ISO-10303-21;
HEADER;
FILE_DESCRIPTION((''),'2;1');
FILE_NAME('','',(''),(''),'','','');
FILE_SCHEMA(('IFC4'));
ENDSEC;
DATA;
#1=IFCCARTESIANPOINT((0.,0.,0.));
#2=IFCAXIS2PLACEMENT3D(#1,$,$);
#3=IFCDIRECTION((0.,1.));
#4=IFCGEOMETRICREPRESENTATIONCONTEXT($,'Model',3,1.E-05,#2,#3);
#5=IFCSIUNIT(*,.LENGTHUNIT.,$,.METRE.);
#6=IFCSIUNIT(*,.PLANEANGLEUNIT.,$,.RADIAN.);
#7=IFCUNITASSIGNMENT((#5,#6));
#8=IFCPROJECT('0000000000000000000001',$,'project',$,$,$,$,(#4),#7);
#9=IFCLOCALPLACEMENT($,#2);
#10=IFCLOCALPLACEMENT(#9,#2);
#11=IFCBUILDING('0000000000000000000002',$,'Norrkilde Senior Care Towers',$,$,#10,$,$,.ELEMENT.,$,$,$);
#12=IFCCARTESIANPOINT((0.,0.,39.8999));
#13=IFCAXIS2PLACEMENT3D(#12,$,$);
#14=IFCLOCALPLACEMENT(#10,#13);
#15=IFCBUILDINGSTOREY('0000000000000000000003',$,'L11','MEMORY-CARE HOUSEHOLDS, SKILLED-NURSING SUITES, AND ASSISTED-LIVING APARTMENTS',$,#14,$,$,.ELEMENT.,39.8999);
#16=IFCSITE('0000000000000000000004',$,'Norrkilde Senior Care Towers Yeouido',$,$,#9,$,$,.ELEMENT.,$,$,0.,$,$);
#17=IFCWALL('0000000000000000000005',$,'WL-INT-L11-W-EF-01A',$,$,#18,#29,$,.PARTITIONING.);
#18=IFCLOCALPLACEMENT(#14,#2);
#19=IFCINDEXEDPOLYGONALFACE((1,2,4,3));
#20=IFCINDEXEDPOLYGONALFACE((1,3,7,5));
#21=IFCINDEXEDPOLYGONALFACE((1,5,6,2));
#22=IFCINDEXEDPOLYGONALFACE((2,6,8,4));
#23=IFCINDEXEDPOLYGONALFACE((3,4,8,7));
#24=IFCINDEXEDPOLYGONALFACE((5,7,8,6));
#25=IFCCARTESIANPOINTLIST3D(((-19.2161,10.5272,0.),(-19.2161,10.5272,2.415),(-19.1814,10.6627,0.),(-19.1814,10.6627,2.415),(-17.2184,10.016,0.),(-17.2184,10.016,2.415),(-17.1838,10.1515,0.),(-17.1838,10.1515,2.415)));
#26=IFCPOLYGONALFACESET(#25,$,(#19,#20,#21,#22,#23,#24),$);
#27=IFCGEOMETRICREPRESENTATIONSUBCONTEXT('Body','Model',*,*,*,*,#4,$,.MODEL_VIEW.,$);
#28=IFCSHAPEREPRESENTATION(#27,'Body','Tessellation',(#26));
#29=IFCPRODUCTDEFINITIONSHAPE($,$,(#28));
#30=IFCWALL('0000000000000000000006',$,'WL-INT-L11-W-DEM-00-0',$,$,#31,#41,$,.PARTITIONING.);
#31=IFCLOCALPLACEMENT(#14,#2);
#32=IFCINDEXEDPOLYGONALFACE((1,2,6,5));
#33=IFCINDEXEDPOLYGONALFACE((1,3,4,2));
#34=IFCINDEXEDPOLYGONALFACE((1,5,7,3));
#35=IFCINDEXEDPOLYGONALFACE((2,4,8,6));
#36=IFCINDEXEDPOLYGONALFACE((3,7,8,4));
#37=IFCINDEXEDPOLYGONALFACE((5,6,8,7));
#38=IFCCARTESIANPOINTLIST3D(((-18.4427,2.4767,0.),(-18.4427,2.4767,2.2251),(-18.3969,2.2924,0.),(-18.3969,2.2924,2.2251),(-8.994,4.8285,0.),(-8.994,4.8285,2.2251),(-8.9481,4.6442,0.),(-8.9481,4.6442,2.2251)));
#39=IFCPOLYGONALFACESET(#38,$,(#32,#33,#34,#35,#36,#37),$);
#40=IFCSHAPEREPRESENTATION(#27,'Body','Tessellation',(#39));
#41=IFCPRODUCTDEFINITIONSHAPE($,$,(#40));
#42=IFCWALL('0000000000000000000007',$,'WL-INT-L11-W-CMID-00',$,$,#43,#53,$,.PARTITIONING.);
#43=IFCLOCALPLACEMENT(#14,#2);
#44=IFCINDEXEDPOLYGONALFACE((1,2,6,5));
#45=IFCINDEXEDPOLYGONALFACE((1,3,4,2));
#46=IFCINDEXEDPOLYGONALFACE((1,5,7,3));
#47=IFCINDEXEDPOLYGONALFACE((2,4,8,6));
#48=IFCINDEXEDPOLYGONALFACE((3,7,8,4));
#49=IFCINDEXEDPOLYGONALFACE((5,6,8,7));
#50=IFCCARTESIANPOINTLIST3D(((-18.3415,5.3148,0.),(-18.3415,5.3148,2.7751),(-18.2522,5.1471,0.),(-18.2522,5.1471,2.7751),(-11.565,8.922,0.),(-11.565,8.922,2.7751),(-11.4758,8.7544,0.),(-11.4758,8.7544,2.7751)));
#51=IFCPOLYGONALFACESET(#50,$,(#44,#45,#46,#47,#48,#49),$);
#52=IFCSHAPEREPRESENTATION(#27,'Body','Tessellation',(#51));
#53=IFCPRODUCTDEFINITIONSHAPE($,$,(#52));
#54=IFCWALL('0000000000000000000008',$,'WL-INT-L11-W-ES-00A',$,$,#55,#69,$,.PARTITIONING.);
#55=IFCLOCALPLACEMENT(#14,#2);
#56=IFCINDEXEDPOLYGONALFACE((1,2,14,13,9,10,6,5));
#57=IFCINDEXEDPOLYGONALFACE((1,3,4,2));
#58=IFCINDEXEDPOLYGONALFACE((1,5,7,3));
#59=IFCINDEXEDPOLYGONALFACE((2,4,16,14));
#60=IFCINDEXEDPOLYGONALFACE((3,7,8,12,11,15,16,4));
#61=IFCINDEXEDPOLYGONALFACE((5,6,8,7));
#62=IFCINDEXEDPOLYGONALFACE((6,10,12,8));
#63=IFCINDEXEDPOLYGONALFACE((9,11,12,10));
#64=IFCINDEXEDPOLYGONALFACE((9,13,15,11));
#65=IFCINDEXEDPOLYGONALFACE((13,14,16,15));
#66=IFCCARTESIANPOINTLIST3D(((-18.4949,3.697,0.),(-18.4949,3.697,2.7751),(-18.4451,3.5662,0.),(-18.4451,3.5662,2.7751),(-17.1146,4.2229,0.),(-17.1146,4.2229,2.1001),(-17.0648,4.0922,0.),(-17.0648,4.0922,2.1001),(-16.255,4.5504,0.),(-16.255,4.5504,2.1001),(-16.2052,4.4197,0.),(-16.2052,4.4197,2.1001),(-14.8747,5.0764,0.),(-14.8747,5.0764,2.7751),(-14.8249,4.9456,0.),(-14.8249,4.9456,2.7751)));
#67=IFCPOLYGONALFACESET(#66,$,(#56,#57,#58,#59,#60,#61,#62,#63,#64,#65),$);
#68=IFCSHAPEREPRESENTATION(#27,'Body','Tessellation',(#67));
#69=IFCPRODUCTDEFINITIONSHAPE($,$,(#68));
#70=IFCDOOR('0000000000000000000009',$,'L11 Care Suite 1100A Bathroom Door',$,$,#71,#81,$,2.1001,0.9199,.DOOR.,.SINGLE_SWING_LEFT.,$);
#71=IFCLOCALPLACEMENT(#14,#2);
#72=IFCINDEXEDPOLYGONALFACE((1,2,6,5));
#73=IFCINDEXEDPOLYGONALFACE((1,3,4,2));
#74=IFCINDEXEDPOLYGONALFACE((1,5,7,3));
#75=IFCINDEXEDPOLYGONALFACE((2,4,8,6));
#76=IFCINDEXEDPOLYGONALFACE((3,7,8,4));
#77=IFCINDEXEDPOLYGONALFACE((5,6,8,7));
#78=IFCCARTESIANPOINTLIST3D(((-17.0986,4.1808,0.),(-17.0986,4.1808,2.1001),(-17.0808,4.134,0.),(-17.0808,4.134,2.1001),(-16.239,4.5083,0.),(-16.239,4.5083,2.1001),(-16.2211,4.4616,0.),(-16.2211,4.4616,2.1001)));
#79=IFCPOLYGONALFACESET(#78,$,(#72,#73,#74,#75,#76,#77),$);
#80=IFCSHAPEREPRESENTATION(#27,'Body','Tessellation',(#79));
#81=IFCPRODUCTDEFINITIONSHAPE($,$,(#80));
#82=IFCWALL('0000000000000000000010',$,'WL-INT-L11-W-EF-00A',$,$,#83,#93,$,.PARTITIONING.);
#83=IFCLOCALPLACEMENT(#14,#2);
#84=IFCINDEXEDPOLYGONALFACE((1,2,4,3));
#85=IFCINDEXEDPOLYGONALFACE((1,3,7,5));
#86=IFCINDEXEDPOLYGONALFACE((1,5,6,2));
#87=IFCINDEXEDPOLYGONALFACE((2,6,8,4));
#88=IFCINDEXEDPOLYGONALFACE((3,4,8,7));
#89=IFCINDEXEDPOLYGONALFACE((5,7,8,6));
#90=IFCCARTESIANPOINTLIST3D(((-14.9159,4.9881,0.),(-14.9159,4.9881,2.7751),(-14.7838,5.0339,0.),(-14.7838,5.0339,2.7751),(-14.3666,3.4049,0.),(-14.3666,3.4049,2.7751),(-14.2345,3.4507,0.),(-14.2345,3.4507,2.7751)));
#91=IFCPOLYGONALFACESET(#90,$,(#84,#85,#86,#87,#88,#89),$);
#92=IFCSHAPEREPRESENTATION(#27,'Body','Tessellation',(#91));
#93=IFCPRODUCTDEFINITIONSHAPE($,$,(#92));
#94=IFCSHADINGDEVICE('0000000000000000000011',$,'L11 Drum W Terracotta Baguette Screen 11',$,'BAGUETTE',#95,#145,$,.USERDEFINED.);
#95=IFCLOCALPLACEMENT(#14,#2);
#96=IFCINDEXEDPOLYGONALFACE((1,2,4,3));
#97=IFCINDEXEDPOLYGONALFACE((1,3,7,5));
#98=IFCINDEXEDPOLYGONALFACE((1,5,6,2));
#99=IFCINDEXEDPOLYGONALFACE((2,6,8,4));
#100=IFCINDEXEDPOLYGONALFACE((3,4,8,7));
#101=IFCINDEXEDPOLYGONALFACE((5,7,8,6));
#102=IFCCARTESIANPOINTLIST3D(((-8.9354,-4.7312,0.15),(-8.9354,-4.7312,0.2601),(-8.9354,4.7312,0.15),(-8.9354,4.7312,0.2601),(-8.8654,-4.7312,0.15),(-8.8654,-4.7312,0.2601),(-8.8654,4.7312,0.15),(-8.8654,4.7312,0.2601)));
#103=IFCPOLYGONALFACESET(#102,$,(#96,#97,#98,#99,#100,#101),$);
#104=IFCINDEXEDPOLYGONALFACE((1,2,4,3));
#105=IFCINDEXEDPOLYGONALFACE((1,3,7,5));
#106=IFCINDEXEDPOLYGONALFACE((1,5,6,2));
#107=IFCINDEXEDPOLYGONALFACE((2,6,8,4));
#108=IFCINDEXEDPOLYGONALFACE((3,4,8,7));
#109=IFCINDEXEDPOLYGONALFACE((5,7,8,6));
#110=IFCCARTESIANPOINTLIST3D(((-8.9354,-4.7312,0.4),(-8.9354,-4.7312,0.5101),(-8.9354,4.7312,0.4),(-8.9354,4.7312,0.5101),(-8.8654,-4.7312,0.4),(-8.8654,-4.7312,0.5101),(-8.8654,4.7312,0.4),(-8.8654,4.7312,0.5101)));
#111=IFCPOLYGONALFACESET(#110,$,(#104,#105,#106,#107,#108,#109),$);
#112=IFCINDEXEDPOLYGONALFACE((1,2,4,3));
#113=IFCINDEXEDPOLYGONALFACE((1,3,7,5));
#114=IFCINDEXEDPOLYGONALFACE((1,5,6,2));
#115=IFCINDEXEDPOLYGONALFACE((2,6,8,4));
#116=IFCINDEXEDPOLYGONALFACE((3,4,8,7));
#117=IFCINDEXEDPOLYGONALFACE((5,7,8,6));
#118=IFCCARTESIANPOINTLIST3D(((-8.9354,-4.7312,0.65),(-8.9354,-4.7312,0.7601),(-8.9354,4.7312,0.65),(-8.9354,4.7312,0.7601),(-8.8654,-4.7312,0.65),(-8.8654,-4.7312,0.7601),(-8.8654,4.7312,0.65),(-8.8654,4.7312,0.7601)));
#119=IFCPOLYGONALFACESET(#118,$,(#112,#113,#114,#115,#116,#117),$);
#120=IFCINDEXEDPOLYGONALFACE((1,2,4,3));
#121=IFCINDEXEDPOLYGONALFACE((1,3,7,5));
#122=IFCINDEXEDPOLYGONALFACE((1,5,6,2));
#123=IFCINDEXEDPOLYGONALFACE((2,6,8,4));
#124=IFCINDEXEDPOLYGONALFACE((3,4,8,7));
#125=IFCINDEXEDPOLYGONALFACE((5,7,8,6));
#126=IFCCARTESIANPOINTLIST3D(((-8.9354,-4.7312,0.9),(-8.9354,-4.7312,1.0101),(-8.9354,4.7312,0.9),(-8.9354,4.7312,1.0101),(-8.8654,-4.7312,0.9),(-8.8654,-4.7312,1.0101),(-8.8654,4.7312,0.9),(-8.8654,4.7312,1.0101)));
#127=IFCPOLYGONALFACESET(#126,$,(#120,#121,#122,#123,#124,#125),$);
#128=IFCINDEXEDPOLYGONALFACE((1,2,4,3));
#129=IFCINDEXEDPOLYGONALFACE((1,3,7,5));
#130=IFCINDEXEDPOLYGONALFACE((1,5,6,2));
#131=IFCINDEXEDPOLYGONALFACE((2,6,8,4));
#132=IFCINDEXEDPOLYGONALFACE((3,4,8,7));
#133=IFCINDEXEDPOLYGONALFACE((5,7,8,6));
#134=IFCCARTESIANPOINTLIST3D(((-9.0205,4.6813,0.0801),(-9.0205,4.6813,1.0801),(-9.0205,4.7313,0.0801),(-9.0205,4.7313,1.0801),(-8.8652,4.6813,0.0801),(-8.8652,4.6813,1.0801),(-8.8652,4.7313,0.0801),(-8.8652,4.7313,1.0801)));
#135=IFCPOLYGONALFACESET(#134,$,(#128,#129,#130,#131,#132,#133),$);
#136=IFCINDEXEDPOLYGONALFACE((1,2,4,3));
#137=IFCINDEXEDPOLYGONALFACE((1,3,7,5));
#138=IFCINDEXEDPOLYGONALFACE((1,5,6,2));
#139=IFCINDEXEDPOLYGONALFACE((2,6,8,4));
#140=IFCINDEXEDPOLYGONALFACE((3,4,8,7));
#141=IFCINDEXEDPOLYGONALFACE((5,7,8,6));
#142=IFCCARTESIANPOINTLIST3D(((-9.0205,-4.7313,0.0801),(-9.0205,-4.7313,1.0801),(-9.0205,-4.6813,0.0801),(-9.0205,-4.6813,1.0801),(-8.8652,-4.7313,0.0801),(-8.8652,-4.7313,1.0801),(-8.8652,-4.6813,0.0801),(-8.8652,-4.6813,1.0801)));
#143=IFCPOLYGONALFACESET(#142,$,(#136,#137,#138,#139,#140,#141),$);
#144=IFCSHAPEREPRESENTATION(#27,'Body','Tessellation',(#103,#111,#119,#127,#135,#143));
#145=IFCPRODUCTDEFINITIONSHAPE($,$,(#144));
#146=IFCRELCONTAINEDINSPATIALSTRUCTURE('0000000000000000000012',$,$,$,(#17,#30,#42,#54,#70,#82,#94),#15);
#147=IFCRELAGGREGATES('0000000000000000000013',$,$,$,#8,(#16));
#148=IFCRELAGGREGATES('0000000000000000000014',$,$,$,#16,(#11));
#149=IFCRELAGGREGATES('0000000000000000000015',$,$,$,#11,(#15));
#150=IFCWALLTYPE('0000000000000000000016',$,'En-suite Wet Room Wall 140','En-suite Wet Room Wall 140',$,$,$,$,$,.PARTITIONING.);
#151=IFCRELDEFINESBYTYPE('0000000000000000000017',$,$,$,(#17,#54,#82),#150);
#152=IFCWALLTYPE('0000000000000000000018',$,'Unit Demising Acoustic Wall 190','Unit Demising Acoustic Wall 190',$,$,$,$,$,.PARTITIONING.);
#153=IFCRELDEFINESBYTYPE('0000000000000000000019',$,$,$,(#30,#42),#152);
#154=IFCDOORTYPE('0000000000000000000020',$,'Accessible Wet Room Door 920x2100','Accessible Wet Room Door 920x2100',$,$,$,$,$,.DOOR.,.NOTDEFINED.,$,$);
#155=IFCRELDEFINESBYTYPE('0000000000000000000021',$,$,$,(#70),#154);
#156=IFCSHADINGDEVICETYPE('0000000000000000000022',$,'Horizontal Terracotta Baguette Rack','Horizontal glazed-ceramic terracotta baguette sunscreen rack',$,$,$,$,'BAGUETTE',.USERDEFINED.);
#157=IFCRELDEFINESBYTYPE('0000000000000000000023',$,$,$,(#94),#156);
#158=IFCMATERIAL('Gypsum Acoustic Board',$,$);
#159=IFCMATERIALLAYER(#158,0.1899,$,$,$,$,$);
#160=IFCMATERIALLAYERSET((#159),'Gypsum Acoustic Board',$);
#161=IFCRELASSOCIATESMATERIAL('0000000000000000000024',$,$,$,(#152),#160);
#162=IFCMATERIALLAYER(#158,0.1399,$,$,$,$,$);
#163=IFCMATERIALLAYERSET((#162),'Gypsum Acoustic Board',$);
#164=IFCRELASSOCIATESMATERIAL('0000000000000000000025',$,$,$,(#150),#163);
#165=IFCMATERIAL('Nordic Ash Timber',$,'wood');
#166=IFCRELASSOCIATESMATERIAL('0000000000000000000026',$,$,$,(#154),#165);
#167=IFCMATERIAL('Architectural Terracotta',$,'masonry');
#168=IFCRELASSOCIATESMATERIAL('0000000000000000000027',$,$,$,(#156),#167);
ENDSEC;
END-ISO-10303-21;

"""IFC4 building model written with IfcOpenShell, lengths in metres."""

from ifc_helpers import new_model, si_unit, direction, frame, frame_2d, origin, origin_2d, place, context, subcontext, project, spatial, rectangle, extrude, source, transform, mapped, material, layer, layer_set, type_object, type_shapes, element, fill, save


model = new_model("IFC4")

# Units and contexts
model_context = context("Model", 3, precision=1e-05, world=origin(), true_north=direction((0.0, 1.0)))
body_context = subcontext(model_context, "Body", "Model", "MODEL_VIEW")
ifc_project = project(units=[si_unit("LENGTHUNIT", "METRE"), si_unit("PLANEANGLEUNIT", "RADIAN")], contexts=[model_context])

# Site, building, storey
site_placement = place(None, origin())
site = spatial("IfcSite", under=ifc_project, at=site_placement, Name="Norrkilde Senior Care Towers Yeouido", CompositionType="ELEMENT", RefElevation=0.0)
building_placement = place(site_placement, origin())
building = spatial("IfcBuilding", under=site, at=building_placement, Name="Norrkilde Senior Care Towers", CompositionType="ELEMENT")
storey_placement = place(building_placement, frame((0.0, 0.0, 39.8999)))
storey = spatial("IfcBuildingStorey", under=building, at=storey_placement, Name="L11", Description="MEMORY-CARE HOUSEHOLDS, SKILLED-NURSING SUITES, AND ASSISTED-LIVING APARTMENTS", CompositionType="ELEMENT", Elevation=39.8999)

# Shared definitions
ifc_material_1 = material(Name="Gypsum Acoustic Board")
ifc_material_2 = material(Name="Nordic Ash Timber", Category="wood")

# Walls
ifc_layer_1 = layer(ifc_material_1, 0.1899)
ifc_layer_set_1 = layer_set([ifc_layer_1], Name="Gypsum Acoustic Board")
wall_type_1 = type_object("IfcWallType", Name="Unit Demising Acoustic Wall 190", Description="Unit Demising Acoustic Wall 190", PredefinedType="PARTITIONING", material=ifc_layer_set_1)
ifc_layer_2 = layer(ifc_material_1, 0.1399)
ifc_layer_set_2 = layer_set([ifc_layer_2], Name="Gypsum Acoustic Board")
wall_type_2 = type_object("IfcWallType", Name="En-suite Wet Room Wall 140", Description="En-suite Wet Room Wall 140", PredefinedType="PARTITIONING", material=ifc_layer_set_2)
shared_shape_1 = source(origin(), body_context, "Body", "SweptSolid", [
    extrude(rectangle(XDim=2.062, YDim=0.1399, at=frame_2d((1.031, 0.0))), origin(), (0.0, 0.0, 1.0), 2.415),
])
wall_1_placement = place(storey_placement, frame((-19.1987, 10.595, 0.0), z_axis=(0.0, 0.0, 1.0), x_axis=(0.968776, -0.247937, 0.0)))
element("IfcWall", 1, at=wall_1_placement, inside=storey, type_object=wall_type_2, Name="WL-INT-L11-W-EF-01A", PredefinedType="PARTITIONING", context=body_context, shape_type="MappedRepresentation", body=[
    mapped(shared_shape_1, transform((0.0, 0.0, 0.0), x_axis=(1.0, 0.0, 0.0), y_axis=(0.0, 1.0, 0.0), z_axis=(0.0, 0.0, 1.0), scale=1.0)),
])
shared_shape_2 = source(origin(), body_context, "Body", "SweptSolid", [
    extrude(rectangle(XDim=9.7371, YDim=0.1899, at=frame_2d((4.8687, 0.0))), origin(), (0.0, 0.0, 1.0), 2.2251),
])
wall_2_placement = place(storey_placement, frame((-18.4199, 2.3845, 0.0), z_axis=(0.0, 0.0, 1.0), x_axis=(0.970393, 0.241533, 0.0)))
element("IfcWall", 2, at=wall_2_placement, inside=storey, type_object=wall_type_1, Name="WL-INT-L11-W-DEM-00-0", PredefinedType="PARTITIONING", context=body_context, shape_type="MappedRepresentation", body=[
    mapped(shared_shape_2, transform((0.0, 0.0, 0.0), x_axis=(1.0, 0.0, 0.0), y_axis=(0.0, 1.0, 0.0), z_axis=(0.0, 0.0, 1.0), scale=1.0)),
])
shared_shape_3 = source(origin(), body_context, "Body", "SweptSolid", [
    extrude(rectangle(XDim=7.6768, YDim=0.1899, at=frame_2d((3.8384, 0.0))), origin(), (0.0, 0.0, 1.0), 2.7751),
])
wall_3_placement = place(storey_placement, frame((-18.2969, 5.231, 0.0), z_axis=(0.0, 0.0, 1.0), x_axis=(0.882725, 0.46989, 0.0)))
element("IfcWall", 3, at=wall_3_placement, inside=storey, type_object=wall_type_1, Name="WL-INT-L11-W-CMID-00", PredefinedType="PARTITIONING", context=body_context, shape_type="MappedRepresentation", body=[
    mapped(shared_shape_3, transform((0.0, 0.0, 0.0), x_axis=(1.0, 0.0, 0.0), y_axis=(0.0, 1.0, 0.0), z_axis=(0.0, 0.0, 1.0), scale=1.0)),
])

# Wall, opening, door
shared_shape_4 = source(origin(), body_context, "Body", "SweptSolid", [
    extrude(rectangle(XDim=3.874, YDim=0.1399, at=frame_2d((1.937, 0.0))), origin(), (0.0, 0.0, 1.0), 2.7751),
])
wall_4_placement = place(storey_placement, frame((-18.47, 3.6316, 0.0), z_axis=(0.0, 0.0, 1.0), x_axis=(0.934462, 0.356063, 0.0)))
wall_4 = element("IfcWall", 4, at=wall_4_placement, inside=storey, type_object=wall_type_2, Name="WL-INT-L11-W-ES-00A", PredefinedType="PARTITIONING", context=body_context, shape_type="MappedRepresentation", body=[
    mapped(shared_shape_4, transform((0.0, 0.0, 0.0), x_axis=(1.0, 0.0, 0.0), y_axis=(0.0, 1.0, 0.0), z_axis=(0.0, 0.0, 1.0), scale=1.0)),
])
opening_1_placement = place(wall_4_placement, frame((1.4771, 0.0, 0.0)))
opening_1 = element("IfcOpeningElement", 5, at=opening_1_placement, cuts=wall_4, PredefinedType="OPENING", context=body_context, shape_type="SweptSolid", body=[
    extrude(rectangle(XDim=0.9199, YDim=2.1001, at=frame_2d((0.46, 1.05))), frame((0.0, 0.0798, 0.0), z_axis=(0.0, -1.0, 0.0), x_axis=(1.0, 0.0, 0.0)), (0.0, 0.0, 1.0), 0.1599),
])
door_type_1 = type_object("IfcDoorType", Name="Accessible Wet Room Door 920x2100", Description="Accessible Wet Room Door 920x2100", OperationType="NOTDEFINED", PredefinedType="DOOR", material=ifc_material_2)
shared_shape_5 = source(origin(), body_context, "Body", "SweptSolid", [
    extrude(rectangle(XDim=0.9199, YDim=2.1001, at=frame_2d((0.46, 1.05))), frame((0.0, 0.0249, 0.0), z_axis=(0.0, -1.0, 0.0), x_axis=(1.0, 0.0, 0.0)), (0.0, 0.0, 1.0), 0.05),
])
type_shapes(door_type_1, [shared_shape_5])
door_1_placement = place(opening_1_placement, origin())
door_1 = element("IfcDoor", 6, at=door_1_placement, inside=storey, type_object=door_type_1, Name="L11 Care Suite 1100A Bathroom Door", OperationType="SINGLE_SWING_LEFT", OverallHeight=2.1001, OverallWidth=0.9199, PredefinedType="DOOR", context=body_context, shape_type="MappedRepresentation", body=[
    mapped(shared_shape_5, transform((0.0, 0.0, 0.0), x_axis=(1.0, 0.0, 0.0), y_axis=(0.0, 1.0, 0.0), z_axis=(0.0, 0.0, 1.0), scale=1.0)),
])
fill(opening_1, door_1)

# Wall
shared_shape_6 = source(origin(), body_context, "Body", "SweptSolid", [
    extrude(rectangle(XDim=1.6758, YDim=0.1399, at=frame_2d((0.8379, 0.0))), origin(), (0.0, 0.0, 1.0), 2.7751),
])
type_shapes(wall_type_2, [shared_shape_1, shared_shape_4, shared_shape_6])
wall_5_placement = place(storey_placement, frame((-14.8499, 5.011, 0.0), z_axis=(0.0, 0.0, 1.0), x_axis=(0.327786, -0.944752, 0.0)))
element("IfcWall", 7, at=wall_5_placement, inside=storey, type_object=wall_type_2, Name="WL-INT-L11-W-EF-00A", PredefinedType="PARTITIONING", context=body_context, shape_type="MappedRepresentation", body=[
    mapped(shared_shape_6, transform((0.0, 0.0, 0.0), x_axis=(1.0, 0.0, 0.0), y_axis=(0.0, 1.0, 0.0), z_axis=(0.0, 0.0, 1.0), scale=1.0)),
])

# Shading device
ifc_material_3 = material(Name="Architectural Terracotta", Category="masonry")
shading_device_type = type_object("IfcShadingDeviceType", Name="Horizontal Terracotta Baguette Rack", Description="Horizontal glazed-ceramic terracotta baguette sunscreen rack", ElementType="BAGUETTE", PredefinedType="USERDEFINED", material=ifc_material_3)
shared_shape_7 = source(origin(), body_context, "Body", "SweptSolid", [
    extrude(rectangle(XDim=0.0701, YDim=0.1101, at=origin_2d()), frame((0.0, 0.0901, 0.125), z_axis=(1.0, 0.0, 0.0), x_axis=(0.0, 1.0, 0.0)), (0.0, 0.0, 1.0), 9.4624),
    extrude(rectangle(XDim=0.0701, YDim=0.1101, at=origin_2d()), frame((0.0, 0.0901, 0.375), z_axis=(1.0, 0.0, 0.0), x_axis=(0.0, 1.0, 0.0)), (0.0, 0.0, 1.0), 9.4624),
    extrude(rectangle(XDim=0.0701, YDim=0.1101, at=origin_2d()), frame((0.0, 0.0901, 0.625), z_axis=(1.0, 0.0, 0.0), x_axis=(0.0, 1.0, 0.0)), (0.0, 0.0, 1.0), 9.4624),
    extrude(rectangle(XDim=0.0701, YDim=0.1101, at=origin_2d()), frame((0.0, 0.0901, 0.875), z_axis=(1.0, 0.0, 0.0), x_axis=(0.0, 1.0, 0.0)), (0.0, 0.0, 1.0), 9.4624),
    extrude(rectangle(XDim=0.05, YDim=0.1553, at=origin_2d()), frame((0.0249, 0.0476, 0.0)), (0.0, 0.0, 1.0), 1.0),
    extrude(rectangle(XDim=0.05, YDim=0.1553, at=origin_2d()), frame((9.4375, 0.0476, 0.0)), (0.0, 0.0, 1.0), 1.0),
])
type_shapes(shading_device_type, [shared_shape_7])
shading_device_placement = place(storey_placement, frame((-8.9905, 4.7312, 0.0801), z_axis=(0.0, 0.0, 1.0), x_axis=(0.0, -1.0, 0.0)))
element("IfcShadingDevice", 8, at=shading_device_placement, inside=storey, type_object=shading_device_type, Name="L11 Drum W Terracotta Baguette Screen 11", ObjectType="BAGUETTE", PredefinedType="USERDEFINED", context=body_context, shape_type="MappedRepresentation", body=[
    mapped(shared_shape_7, transform((0.0, 0.0, 0.0), x_axis=(1.0, 0.0, 0.0), y_axis=(0.0, 1.0, 0.0), z_axis=(0.0, 0.0, 1.0), scale=1.0)),
])

save(model, "model.ifc")
